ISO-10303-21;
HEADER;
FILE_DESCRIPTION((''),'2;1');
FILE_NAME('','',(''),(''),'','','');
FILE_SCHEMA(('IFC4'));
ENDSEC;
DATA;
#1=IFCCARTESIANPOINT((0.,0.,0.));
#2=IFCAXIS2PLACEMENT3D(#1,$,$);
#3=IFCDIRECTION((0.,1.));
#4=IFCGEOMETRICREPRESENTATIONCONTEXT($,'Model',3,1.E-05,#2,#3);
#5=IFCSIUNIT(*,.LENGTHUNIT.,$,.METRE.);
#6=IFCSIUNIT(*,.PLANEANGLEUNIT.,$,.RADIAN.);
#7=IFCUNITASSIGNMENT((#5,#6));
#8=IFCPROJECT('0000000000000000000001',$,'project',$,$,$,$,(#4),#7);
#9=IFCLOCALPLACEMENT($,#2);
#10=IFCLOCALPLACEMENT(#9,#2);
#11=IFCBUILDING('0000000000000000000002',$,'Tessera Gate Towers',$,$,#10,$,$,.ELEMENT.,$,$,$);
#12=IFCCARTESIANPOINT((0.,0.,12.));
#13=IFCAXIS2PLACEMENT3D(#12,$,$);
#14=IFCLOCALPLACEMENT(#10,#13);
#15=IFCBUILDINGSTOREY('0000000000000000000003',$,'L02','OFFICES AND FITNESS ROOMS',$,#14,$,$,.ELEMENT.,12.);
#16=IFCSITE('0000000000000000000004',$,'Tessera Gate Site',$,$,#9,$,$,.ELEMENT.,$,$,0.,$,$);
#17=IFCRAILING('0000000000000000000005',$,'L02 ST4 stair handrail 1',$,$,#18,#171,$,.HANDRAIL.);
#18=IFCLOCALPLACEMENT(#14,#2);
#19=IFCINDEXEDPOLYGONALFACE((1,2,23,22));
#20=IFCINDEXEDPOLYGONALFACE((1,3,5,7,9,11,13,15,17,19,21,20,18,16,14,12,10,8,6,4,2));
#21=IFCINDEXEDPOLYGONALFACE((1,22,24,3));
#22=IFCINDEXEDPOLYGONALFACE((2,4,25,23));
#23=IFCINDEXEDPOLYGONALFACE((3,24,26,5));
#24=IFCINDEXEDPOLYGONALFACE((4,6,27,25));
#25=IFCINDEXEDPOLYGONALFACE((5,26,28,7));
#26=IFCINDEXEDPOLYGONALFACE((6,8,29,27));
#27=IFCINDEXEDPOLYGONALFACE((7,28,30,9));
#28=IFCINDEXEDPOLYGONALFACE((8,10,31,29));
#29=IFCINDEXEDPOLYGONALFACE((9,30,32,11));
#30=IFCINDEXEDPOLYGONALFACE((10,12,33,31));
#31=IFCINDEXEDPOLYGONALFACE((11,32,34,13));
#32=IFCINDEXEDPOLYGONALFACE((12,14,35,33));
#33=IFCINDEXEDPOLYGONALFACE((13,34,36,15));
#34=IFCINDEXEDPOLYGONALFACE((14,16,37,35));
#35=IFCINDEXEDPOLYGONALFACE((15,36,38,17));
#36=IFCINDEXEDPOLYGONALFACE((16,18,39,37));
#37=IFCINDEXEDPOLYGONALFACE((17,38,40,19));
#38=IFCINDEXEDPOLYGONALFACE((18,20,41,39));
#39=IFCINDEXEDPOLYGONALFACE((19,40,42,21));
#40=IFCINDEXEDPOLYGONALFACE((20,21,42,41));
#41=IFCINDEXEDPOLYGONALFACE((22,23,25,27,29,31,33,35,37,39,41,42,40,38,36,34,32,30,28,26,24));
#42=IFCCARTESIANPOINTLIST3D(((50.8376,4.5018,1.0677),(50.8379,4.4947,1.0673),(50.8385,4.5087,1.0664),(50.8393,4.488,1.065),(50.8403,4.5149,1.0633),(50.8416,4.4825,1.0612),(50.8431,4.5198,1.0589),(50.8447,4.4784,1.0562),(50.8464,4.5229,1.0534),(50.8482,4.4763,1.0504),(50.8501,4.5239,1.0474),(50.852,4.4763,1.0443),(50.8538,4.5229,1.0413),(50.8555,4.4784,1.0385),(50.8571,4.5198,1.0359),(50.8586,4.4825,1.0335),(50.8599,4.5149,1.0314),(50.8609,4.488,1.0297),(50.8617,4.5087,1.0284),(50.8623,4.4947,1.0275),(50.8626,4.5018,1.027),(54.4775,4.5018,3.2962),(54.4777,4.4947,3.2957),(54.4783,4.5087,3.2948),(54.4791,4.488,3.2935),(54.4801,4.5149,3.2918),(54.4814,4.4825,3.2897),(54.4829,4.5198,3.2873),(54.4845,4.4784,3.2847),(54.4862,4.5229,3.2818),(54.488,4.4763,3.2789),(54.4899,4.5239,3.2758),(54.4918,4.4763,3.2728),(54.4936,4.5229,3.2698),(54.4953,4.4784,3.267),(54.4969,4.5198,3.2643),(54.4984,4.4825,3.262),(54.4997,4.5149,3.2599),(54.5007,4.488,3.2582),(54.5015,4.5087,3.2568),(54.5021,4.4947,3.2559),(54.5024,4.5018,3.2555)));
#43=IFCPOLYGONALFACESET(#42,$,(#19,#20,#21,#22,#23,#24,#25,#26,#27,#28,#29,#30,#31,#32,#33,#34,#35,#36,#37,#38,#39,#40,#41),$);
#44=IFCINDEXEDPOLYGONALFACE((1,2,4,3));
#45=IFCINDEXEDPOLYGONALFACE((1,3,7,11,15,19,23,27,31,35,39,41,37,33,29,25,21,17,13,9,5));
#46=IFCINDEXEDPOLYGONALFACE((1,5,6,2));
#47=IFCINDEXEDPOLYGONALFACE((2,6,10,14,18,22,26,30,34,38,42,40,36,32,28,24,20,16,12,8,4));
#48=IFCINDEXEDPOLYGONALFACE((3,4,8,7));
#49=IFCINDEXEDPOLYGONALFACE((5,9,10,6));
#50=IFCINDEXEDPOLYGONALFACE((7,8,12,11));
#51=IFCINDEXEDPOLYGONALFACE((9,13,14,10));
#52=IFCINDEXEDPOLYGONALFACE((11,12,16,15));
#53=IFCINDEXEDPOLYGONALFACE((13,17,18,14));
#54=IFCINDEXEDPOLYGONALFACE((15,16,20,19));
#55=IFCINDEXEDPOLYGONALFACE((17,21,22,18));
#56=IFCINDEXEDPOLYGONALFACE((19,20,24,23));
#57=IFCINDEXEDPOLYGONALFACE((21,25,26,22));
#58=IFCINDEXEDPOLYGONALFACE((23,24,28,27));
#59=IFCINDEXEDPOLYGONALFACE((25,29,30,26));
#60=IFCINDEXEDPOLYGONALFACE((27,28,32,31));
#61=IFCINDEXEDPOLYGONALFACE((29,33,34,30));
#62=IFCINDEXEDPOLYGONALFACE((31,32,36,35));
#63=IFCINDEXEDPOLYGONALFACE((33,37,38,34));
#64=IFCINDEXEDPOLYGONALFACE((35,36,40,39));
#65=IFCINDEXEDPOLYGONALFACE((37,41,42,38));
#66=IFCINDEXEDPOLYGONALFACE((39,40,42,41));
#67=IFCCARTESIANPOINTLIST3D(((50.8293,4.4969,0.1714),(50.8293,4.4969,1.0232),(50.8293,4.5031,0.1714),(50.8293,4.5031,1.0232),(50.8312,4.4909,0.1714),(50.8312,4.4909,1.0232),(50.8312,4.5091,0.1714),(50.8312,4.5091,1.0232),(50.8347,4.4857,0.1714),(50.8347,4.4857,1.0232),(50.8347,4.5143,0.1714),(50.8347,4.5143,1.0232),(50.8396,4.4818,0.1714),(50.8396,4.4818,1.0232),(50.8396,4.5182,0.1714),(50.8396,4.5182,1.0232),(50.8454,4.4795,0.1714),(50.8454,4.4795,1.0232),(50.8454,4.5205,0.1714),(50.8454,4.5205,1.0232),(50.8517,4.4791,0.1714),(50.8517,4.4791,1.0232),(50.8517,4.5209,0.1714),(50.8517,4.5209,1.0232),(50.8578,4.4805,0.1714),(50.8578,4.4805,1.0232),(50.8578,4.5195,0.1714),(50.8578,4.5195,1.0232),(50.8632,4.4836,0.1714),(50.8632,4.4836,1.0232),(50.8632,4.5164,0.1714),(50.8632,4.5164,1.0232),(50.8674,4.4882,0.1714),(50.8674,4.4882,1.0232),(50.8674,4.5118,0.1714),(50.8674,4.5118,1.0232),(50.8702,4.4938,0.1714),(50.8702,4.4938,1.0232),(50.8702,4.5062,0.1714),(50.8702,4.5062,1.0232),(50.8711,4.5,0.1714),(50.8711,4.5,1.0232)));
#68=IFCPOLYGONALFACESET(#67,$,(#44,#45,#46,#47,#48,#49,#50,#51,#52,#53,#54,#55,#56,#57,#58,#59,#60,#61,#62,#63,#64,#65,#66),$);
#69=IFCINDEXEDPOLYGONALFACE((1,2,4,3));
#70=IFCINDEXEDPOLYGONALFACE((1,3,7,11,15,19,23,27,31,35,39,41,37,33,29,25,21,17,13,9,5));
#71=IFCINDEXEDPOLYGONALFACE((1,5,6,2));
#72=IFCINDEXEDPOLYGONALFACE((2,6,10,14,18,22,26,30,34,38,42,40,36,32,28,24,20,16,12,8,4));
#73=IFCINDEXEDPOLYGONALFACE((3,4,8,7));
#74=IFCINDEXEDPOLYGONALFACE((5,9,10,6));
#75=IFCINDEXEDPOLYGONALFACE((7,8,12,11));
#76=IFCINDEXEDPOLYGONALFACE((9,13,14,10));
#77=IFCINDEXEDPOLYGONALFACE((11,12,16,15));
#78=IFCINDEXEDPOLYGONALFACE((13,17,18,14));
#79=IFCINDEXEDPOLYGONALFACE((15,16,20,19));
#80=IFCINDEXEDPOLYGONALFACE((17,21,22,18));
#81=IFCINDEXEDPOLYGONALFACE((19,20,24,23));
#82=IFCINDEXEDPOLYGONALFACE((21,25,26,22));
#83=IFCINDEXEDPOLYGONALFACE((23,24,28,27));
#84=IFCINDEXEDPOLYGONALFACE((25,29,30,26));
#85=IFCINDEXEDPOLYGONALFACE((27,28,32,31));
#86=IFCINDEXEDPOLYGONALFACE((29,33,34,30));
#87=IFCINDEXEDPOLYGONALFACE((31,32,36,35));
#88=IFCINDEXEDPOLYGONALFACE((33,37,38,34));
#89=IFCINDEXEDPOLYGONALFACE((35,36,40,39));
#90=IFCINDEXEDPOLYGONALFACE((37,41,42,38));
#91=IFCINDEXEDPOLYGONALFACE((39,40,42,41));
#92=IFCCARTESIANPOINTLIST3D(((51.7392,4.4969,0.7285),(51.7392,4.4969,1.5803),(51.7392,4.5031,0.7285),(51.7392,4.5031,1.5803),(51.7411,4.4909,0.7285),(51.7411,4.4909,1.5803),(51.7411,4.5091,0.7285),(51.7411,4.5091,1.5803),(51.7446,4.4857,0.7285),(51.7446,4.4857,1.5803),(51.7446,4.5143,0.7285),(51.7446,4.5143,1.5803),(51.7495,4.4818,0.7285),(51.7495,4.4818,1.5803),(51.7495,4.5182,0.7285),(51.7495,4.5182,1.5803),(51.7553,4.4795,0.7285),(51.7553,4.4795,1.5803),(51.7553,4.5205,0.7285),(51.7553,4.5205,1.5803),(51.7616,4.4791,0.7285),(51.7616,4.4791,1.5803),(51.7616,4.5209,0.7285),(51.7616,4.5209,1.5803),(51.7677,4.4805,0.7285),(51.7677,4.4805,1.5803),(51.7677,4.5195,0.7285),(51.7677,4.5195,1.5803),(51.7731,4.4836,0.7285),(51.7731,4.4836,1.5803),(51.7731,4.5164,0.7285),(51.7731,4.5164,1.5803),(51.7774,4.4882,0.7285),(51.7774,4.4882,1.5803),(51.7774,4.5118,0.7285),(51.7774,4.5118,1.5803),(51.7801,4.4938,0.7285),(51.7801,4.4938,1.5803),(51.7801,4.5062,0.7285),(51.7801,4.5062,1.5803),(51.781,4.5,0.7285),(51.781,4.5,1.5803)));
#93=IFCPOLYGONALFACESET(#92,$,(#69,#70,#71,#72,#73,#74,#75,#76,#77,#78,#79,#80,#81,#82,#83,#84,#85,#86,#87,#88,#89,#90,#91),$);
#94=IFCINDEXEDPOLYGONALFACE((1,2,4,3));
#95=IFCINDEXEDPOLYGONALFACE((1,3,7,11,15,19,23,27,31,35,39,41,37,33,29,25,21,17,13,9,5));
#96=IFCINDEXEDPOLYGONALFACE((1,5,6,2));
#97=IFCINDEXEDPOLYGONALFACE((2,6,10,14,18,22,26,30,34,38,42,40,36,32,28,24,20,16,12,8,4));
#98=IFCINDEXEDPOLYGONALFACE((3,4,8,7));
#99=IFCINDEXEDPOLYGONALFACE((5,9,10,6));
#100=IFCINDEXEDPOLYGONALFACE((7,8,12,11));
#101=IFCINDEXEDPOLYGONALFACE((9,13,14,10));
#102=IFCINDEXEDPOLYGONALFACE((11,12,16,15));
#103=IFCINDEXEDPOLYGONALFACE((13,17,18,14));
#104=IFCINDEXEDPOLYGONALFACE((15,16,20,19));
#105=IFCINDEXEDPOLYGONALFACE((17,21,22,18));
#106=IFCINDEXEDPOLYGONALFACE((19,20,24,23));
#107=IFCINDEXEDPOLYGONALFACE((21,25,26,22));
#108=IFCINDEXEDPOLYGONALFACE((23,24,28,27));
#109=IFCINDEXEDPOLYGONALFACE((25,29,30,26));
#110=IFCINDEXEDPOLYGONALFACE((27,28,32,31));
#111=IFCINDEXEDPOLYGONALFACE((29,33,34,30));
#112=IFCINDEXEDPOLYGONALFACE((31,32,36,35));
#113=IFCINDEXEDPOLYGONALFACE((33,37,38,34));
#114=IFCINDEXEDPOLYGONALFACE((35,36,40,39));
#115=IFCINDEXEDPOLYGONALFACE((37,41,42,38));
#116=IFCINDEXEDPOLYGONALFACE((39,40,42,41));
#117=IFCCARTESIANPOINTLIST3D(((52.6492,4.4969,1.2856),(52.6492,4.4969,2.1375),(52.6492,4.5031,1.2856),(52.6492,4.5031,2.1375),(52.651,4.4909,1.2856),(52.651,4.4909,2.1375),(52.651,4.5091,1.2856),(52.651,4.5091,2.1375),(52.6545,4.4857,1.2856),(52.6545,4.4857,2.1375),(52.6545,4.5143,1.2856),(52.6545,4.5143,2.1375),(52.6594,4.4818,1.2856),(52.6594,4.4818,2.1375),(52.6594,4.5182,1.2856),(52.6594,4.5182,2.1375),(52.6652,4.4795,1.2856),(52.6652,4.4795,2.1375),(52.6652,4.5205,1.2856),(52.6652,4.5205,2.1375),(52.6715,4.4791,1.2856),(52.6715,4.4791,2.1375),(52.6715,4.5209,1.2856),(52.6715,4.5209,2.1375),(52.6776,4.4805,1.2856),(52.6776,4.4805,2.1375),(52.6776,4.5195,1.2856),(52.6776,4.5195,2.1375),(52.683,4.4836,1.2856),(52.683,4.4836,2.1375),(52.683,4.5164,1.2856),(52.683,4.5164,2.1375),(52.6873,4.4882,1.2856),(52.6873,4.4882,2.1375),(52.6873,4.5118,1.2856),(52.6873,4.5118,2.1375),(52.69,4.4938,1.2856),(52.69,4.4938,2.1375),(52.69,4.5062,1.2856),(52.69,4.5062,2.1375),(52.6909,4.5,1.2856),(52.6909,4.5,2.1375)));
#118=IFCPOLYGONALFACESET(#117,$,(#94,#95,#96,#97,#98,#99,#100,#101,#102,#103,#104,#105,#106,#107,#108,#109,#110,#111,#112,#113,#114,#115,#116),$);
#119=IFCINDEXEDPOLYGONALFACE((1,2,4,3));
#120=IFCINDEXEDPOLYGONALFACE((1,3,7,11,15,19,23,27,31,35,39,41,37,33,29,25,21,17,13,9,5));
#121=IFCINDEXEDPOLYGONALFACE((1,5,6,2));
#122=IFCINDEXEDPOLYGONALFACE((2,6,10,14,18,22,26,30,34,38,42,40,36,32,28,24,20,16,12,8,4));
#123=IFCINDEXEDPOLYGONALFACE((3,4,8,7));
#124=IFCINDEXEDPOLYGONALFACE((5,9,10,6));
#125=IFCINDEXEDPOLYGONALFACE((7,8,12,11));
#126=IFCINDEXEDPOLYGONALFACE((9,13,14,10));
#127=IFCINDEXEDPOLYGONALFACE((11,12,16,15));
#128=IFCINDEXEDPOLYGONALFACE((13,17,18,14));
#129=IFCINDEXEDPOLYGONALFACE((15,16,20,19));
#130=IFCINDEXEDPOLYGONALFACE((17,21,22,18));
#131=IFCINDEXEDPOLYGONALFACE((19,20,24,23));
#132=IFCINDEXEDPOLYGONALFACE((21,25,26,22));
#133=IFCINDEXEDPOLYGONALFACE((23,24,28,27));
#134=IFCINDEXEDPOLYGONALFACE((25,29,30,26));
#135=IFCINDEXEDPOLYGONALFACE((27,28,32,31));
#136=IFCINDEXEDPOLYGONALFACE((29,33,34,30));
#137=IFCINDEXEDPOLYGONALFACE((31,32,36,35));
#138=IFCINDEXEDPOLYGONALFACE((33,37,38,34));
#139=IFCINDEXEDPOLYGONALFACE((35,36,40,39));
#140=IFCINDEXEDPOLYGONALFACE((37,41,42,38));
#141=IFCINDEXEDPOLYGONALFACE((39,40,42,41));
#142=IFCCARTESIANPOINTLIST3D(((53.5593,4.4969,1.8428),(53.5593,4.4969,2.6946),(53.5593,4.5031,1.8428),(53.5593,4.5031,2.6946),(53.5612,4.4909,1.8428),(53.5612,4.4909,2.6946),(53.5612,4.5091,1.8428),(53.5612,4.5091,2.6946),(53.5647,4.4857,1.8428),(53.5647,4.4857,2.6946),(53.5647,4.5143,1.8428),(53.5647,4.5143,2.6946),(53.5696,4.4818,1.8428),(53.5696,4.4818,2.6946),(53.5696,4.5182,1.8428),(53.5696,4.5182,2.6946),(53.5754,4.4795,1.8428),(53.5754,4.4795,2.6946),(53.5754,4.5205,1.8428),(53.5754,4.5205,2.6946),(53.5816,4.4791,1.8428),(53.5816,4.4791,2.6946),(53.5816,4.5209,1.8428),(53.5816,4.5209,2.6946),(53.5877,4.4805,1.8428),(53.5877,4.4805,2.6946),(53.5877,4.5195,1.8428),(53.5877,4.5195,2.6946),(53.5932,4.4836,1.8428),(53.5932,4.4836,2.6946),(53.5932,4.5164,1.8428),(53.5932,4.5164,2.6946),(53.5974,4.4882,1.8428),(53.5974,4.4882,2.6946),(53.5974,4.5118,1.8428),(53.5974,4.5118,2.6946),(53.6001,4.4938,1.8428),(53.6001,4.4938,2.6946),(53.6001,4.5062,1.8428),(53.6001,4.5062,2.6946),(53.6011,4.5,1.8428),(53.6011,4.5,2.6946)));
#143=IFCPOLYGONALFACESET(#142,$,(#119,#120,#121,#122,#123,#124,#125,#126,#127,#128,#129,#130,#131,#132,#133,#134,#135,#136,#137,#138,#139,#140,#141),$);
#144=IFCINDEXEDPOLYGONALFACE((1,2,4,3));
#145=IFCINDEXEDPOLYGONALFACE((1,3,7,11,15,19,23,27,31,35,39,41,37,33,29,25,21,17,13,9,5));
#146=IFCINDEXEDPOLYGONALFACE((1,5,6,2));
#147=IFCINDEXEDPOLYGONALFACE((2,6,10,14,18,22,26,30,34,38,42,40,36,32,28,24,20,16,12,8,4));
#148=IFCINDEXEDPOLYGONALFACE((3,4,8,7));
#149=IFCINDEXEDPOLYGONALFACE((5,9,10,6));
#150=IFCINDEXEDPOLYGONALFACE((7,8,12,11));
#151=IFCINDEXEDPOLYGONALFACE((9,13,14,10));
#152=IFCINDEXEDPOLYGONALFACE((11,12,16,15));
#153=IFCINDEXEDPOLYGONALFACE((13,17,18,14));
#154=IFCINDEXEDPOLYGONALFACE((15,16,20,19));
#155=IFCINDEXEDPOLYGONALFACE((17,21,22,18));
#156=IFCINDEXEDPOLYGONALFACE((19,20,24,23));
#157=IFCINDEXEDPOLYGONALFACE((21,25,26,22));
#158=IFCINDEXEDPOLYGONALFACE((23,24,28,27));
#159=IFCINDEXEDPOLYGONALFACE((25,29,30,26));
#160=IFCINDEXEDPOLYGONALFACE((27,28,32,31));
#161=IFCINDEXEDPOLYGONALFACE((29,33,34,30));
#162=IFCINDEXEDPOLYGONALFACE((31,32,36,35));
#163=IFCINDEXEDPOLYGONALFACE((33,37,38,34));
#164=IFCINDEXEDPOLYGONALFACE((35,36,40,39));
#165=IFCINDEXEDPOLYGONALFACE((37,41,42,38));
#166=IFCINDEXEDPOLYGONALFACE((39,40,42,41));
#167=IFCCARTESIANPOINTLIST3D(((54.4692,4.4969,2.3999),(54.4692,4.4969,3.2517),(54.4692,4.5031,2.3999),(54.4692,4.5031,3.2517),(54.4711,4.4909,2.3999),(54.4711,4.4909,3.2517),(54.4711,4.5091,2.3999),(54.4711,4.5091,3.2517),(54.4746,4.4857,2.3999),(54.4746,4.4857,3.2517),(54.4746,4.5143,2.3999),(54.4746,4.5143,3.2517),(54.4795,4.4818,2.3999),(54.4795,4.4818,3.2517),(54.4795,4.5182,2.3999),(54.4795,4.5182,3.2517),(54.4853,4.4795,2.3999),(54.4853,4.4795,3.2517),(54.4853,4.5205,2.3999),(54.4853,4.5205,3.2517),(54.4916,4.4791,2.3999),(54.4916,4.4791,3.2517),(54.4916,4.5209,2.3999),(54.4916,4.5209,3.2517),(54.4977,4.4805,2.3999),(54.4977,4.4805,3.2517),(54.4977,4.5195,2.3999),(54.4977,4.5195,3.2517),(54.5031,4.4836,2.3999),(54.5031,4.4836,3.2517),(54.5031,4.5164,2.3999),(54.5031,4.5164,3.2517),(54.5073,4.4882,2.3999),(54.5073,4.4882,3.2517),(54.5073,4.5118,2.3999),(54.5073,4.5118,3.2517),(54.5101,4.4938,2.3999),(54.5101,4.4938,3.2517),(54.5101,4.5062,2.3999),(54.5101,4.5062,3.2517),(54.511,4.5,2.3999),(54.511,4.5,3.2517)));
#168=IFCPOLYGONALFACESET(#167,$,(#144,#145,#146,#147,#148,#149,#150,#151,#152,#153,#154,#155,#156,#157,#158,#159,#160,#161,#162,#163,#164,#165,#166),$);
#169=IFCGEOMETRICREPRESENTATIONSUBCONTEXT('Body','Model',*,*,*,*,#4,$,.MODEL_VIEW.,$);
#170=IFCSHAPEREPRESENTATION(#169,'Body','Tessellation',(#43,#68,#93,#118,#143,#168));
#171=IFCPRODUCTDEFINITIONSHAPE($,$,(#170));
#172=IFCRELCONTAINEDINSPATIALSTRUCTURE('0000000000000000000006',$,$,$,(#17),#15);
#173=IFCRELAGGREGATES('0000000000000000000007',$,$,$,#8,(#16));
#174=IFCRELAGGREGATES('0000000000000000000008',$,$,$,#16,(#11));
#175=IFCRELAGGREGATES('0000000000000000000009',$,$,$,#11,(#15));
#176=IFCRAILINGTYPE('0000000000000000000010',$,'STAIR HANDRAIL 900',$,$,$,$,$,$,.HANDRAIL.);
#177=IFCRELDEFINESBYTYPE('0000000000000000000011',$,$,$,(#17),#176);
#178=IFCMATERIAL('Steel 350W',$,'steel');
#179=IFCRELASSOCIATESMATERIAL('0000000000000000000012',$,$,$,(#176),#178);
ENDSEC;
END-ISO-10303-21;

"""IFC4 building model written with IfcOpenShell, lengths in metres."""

from ifc_helpers import new_model, si_unit, direction, frame, origin, origin_2d, place, context, subcontext, project, spatial, circle, extrude, material, type_object, element, save


model = new_model("IFC4")

# Units and contexts
model_context = context("Model", 3, precision=1e-05, world=origin(), true_north=direction((0.0, 1.0)))
body_context = subcontext(model_context, "Body", "Model", "MODEL_VIEW")
ifc_project = project(units=[si_unit("LENGTHUNIT", "METRE"), si_unit("PLANEANGLEUNIT", "RADIAN")], contexts=[model_context])

# Site, building, storey
site_placement = place(None, origin())
site = spatial("IfcSite", under=ifc_project, at=site_placement, Name="Tessera Gate Site", CompositionType="ELEMENT", RefElevation=0.0)
building_placement = place(site_placement, origin())
building = spatial("IfcBuilding", under=site, at=building_placement, Name="Tessera Gate Towers", CompositionType="ELEMENT")
storey_placement = place(building_placement, frame((0.0, 0.0, 12.0)))
storey = spatial("IfcBuildingStorey", under=building, at=storey_placement, Name="L02", Description="OFFICES AND FITNESS ROOMS", CompositionType="ELEMENT", Elevation=12.0)

# Railing
ifc_material_1 = material(Name="Steel 350W", Category="steel")
railing_type_1 = type_object("IfcRailingType", Name="STAIR HANDRAIL 900", PredefinedType="HANDRAIL", material=ifc_material_1)
railing_1_placement = place(storey_placement, frame((50.8501, 4.5, 0.1714)))
element("IfcRailing", 1, at=railing_1_placement, inside=storey, type_object=railing_type_1, Name="L02 ST4 stair handrail 1", PredefinedType="HANDRAIL", context=body_context, shape_type="SweptSolid", body=[
    extrude(circle(Radius=0.0239, at=origin_2d()), frame((0.0, 0.0, 0.876), z_axis=(0.85285, 0.0, 0.522156), x_axis=(0.0, 1.0, 0.0)), (0.0, 0.0, 1.0), 4.2678),
    extrude(circle(Radius=0.021, at=origin_2d()), origin(), (0.0, 0.0, 1.0), 0.8518),
    extrude(circle(Radius=0.021, at=origin_2d()), frame((0.9099, 0.0, 0.5571)), (0.0, 0.0, 1.0), 0.8518),
    extrude(circle(Radius=0.021, at=origin_2d()), frame((1.8198, 0.0, 1.1143)), (0.0, 0.0, 1.0), 0.8518),
    extrude(circle(Radius=0.021, at=origin_2d()), frame((2.73, 0.0, 1.6714)), (0.0, 0.0, 1.0), 0.8518),
    extrude(circle(Radius=0.021, at=origin_2d()), frame((3.6399, 0.0, 2.2285)), (0.0, 0.0, 1.0), 0.8518),
])

save(model, "model.ifc")
